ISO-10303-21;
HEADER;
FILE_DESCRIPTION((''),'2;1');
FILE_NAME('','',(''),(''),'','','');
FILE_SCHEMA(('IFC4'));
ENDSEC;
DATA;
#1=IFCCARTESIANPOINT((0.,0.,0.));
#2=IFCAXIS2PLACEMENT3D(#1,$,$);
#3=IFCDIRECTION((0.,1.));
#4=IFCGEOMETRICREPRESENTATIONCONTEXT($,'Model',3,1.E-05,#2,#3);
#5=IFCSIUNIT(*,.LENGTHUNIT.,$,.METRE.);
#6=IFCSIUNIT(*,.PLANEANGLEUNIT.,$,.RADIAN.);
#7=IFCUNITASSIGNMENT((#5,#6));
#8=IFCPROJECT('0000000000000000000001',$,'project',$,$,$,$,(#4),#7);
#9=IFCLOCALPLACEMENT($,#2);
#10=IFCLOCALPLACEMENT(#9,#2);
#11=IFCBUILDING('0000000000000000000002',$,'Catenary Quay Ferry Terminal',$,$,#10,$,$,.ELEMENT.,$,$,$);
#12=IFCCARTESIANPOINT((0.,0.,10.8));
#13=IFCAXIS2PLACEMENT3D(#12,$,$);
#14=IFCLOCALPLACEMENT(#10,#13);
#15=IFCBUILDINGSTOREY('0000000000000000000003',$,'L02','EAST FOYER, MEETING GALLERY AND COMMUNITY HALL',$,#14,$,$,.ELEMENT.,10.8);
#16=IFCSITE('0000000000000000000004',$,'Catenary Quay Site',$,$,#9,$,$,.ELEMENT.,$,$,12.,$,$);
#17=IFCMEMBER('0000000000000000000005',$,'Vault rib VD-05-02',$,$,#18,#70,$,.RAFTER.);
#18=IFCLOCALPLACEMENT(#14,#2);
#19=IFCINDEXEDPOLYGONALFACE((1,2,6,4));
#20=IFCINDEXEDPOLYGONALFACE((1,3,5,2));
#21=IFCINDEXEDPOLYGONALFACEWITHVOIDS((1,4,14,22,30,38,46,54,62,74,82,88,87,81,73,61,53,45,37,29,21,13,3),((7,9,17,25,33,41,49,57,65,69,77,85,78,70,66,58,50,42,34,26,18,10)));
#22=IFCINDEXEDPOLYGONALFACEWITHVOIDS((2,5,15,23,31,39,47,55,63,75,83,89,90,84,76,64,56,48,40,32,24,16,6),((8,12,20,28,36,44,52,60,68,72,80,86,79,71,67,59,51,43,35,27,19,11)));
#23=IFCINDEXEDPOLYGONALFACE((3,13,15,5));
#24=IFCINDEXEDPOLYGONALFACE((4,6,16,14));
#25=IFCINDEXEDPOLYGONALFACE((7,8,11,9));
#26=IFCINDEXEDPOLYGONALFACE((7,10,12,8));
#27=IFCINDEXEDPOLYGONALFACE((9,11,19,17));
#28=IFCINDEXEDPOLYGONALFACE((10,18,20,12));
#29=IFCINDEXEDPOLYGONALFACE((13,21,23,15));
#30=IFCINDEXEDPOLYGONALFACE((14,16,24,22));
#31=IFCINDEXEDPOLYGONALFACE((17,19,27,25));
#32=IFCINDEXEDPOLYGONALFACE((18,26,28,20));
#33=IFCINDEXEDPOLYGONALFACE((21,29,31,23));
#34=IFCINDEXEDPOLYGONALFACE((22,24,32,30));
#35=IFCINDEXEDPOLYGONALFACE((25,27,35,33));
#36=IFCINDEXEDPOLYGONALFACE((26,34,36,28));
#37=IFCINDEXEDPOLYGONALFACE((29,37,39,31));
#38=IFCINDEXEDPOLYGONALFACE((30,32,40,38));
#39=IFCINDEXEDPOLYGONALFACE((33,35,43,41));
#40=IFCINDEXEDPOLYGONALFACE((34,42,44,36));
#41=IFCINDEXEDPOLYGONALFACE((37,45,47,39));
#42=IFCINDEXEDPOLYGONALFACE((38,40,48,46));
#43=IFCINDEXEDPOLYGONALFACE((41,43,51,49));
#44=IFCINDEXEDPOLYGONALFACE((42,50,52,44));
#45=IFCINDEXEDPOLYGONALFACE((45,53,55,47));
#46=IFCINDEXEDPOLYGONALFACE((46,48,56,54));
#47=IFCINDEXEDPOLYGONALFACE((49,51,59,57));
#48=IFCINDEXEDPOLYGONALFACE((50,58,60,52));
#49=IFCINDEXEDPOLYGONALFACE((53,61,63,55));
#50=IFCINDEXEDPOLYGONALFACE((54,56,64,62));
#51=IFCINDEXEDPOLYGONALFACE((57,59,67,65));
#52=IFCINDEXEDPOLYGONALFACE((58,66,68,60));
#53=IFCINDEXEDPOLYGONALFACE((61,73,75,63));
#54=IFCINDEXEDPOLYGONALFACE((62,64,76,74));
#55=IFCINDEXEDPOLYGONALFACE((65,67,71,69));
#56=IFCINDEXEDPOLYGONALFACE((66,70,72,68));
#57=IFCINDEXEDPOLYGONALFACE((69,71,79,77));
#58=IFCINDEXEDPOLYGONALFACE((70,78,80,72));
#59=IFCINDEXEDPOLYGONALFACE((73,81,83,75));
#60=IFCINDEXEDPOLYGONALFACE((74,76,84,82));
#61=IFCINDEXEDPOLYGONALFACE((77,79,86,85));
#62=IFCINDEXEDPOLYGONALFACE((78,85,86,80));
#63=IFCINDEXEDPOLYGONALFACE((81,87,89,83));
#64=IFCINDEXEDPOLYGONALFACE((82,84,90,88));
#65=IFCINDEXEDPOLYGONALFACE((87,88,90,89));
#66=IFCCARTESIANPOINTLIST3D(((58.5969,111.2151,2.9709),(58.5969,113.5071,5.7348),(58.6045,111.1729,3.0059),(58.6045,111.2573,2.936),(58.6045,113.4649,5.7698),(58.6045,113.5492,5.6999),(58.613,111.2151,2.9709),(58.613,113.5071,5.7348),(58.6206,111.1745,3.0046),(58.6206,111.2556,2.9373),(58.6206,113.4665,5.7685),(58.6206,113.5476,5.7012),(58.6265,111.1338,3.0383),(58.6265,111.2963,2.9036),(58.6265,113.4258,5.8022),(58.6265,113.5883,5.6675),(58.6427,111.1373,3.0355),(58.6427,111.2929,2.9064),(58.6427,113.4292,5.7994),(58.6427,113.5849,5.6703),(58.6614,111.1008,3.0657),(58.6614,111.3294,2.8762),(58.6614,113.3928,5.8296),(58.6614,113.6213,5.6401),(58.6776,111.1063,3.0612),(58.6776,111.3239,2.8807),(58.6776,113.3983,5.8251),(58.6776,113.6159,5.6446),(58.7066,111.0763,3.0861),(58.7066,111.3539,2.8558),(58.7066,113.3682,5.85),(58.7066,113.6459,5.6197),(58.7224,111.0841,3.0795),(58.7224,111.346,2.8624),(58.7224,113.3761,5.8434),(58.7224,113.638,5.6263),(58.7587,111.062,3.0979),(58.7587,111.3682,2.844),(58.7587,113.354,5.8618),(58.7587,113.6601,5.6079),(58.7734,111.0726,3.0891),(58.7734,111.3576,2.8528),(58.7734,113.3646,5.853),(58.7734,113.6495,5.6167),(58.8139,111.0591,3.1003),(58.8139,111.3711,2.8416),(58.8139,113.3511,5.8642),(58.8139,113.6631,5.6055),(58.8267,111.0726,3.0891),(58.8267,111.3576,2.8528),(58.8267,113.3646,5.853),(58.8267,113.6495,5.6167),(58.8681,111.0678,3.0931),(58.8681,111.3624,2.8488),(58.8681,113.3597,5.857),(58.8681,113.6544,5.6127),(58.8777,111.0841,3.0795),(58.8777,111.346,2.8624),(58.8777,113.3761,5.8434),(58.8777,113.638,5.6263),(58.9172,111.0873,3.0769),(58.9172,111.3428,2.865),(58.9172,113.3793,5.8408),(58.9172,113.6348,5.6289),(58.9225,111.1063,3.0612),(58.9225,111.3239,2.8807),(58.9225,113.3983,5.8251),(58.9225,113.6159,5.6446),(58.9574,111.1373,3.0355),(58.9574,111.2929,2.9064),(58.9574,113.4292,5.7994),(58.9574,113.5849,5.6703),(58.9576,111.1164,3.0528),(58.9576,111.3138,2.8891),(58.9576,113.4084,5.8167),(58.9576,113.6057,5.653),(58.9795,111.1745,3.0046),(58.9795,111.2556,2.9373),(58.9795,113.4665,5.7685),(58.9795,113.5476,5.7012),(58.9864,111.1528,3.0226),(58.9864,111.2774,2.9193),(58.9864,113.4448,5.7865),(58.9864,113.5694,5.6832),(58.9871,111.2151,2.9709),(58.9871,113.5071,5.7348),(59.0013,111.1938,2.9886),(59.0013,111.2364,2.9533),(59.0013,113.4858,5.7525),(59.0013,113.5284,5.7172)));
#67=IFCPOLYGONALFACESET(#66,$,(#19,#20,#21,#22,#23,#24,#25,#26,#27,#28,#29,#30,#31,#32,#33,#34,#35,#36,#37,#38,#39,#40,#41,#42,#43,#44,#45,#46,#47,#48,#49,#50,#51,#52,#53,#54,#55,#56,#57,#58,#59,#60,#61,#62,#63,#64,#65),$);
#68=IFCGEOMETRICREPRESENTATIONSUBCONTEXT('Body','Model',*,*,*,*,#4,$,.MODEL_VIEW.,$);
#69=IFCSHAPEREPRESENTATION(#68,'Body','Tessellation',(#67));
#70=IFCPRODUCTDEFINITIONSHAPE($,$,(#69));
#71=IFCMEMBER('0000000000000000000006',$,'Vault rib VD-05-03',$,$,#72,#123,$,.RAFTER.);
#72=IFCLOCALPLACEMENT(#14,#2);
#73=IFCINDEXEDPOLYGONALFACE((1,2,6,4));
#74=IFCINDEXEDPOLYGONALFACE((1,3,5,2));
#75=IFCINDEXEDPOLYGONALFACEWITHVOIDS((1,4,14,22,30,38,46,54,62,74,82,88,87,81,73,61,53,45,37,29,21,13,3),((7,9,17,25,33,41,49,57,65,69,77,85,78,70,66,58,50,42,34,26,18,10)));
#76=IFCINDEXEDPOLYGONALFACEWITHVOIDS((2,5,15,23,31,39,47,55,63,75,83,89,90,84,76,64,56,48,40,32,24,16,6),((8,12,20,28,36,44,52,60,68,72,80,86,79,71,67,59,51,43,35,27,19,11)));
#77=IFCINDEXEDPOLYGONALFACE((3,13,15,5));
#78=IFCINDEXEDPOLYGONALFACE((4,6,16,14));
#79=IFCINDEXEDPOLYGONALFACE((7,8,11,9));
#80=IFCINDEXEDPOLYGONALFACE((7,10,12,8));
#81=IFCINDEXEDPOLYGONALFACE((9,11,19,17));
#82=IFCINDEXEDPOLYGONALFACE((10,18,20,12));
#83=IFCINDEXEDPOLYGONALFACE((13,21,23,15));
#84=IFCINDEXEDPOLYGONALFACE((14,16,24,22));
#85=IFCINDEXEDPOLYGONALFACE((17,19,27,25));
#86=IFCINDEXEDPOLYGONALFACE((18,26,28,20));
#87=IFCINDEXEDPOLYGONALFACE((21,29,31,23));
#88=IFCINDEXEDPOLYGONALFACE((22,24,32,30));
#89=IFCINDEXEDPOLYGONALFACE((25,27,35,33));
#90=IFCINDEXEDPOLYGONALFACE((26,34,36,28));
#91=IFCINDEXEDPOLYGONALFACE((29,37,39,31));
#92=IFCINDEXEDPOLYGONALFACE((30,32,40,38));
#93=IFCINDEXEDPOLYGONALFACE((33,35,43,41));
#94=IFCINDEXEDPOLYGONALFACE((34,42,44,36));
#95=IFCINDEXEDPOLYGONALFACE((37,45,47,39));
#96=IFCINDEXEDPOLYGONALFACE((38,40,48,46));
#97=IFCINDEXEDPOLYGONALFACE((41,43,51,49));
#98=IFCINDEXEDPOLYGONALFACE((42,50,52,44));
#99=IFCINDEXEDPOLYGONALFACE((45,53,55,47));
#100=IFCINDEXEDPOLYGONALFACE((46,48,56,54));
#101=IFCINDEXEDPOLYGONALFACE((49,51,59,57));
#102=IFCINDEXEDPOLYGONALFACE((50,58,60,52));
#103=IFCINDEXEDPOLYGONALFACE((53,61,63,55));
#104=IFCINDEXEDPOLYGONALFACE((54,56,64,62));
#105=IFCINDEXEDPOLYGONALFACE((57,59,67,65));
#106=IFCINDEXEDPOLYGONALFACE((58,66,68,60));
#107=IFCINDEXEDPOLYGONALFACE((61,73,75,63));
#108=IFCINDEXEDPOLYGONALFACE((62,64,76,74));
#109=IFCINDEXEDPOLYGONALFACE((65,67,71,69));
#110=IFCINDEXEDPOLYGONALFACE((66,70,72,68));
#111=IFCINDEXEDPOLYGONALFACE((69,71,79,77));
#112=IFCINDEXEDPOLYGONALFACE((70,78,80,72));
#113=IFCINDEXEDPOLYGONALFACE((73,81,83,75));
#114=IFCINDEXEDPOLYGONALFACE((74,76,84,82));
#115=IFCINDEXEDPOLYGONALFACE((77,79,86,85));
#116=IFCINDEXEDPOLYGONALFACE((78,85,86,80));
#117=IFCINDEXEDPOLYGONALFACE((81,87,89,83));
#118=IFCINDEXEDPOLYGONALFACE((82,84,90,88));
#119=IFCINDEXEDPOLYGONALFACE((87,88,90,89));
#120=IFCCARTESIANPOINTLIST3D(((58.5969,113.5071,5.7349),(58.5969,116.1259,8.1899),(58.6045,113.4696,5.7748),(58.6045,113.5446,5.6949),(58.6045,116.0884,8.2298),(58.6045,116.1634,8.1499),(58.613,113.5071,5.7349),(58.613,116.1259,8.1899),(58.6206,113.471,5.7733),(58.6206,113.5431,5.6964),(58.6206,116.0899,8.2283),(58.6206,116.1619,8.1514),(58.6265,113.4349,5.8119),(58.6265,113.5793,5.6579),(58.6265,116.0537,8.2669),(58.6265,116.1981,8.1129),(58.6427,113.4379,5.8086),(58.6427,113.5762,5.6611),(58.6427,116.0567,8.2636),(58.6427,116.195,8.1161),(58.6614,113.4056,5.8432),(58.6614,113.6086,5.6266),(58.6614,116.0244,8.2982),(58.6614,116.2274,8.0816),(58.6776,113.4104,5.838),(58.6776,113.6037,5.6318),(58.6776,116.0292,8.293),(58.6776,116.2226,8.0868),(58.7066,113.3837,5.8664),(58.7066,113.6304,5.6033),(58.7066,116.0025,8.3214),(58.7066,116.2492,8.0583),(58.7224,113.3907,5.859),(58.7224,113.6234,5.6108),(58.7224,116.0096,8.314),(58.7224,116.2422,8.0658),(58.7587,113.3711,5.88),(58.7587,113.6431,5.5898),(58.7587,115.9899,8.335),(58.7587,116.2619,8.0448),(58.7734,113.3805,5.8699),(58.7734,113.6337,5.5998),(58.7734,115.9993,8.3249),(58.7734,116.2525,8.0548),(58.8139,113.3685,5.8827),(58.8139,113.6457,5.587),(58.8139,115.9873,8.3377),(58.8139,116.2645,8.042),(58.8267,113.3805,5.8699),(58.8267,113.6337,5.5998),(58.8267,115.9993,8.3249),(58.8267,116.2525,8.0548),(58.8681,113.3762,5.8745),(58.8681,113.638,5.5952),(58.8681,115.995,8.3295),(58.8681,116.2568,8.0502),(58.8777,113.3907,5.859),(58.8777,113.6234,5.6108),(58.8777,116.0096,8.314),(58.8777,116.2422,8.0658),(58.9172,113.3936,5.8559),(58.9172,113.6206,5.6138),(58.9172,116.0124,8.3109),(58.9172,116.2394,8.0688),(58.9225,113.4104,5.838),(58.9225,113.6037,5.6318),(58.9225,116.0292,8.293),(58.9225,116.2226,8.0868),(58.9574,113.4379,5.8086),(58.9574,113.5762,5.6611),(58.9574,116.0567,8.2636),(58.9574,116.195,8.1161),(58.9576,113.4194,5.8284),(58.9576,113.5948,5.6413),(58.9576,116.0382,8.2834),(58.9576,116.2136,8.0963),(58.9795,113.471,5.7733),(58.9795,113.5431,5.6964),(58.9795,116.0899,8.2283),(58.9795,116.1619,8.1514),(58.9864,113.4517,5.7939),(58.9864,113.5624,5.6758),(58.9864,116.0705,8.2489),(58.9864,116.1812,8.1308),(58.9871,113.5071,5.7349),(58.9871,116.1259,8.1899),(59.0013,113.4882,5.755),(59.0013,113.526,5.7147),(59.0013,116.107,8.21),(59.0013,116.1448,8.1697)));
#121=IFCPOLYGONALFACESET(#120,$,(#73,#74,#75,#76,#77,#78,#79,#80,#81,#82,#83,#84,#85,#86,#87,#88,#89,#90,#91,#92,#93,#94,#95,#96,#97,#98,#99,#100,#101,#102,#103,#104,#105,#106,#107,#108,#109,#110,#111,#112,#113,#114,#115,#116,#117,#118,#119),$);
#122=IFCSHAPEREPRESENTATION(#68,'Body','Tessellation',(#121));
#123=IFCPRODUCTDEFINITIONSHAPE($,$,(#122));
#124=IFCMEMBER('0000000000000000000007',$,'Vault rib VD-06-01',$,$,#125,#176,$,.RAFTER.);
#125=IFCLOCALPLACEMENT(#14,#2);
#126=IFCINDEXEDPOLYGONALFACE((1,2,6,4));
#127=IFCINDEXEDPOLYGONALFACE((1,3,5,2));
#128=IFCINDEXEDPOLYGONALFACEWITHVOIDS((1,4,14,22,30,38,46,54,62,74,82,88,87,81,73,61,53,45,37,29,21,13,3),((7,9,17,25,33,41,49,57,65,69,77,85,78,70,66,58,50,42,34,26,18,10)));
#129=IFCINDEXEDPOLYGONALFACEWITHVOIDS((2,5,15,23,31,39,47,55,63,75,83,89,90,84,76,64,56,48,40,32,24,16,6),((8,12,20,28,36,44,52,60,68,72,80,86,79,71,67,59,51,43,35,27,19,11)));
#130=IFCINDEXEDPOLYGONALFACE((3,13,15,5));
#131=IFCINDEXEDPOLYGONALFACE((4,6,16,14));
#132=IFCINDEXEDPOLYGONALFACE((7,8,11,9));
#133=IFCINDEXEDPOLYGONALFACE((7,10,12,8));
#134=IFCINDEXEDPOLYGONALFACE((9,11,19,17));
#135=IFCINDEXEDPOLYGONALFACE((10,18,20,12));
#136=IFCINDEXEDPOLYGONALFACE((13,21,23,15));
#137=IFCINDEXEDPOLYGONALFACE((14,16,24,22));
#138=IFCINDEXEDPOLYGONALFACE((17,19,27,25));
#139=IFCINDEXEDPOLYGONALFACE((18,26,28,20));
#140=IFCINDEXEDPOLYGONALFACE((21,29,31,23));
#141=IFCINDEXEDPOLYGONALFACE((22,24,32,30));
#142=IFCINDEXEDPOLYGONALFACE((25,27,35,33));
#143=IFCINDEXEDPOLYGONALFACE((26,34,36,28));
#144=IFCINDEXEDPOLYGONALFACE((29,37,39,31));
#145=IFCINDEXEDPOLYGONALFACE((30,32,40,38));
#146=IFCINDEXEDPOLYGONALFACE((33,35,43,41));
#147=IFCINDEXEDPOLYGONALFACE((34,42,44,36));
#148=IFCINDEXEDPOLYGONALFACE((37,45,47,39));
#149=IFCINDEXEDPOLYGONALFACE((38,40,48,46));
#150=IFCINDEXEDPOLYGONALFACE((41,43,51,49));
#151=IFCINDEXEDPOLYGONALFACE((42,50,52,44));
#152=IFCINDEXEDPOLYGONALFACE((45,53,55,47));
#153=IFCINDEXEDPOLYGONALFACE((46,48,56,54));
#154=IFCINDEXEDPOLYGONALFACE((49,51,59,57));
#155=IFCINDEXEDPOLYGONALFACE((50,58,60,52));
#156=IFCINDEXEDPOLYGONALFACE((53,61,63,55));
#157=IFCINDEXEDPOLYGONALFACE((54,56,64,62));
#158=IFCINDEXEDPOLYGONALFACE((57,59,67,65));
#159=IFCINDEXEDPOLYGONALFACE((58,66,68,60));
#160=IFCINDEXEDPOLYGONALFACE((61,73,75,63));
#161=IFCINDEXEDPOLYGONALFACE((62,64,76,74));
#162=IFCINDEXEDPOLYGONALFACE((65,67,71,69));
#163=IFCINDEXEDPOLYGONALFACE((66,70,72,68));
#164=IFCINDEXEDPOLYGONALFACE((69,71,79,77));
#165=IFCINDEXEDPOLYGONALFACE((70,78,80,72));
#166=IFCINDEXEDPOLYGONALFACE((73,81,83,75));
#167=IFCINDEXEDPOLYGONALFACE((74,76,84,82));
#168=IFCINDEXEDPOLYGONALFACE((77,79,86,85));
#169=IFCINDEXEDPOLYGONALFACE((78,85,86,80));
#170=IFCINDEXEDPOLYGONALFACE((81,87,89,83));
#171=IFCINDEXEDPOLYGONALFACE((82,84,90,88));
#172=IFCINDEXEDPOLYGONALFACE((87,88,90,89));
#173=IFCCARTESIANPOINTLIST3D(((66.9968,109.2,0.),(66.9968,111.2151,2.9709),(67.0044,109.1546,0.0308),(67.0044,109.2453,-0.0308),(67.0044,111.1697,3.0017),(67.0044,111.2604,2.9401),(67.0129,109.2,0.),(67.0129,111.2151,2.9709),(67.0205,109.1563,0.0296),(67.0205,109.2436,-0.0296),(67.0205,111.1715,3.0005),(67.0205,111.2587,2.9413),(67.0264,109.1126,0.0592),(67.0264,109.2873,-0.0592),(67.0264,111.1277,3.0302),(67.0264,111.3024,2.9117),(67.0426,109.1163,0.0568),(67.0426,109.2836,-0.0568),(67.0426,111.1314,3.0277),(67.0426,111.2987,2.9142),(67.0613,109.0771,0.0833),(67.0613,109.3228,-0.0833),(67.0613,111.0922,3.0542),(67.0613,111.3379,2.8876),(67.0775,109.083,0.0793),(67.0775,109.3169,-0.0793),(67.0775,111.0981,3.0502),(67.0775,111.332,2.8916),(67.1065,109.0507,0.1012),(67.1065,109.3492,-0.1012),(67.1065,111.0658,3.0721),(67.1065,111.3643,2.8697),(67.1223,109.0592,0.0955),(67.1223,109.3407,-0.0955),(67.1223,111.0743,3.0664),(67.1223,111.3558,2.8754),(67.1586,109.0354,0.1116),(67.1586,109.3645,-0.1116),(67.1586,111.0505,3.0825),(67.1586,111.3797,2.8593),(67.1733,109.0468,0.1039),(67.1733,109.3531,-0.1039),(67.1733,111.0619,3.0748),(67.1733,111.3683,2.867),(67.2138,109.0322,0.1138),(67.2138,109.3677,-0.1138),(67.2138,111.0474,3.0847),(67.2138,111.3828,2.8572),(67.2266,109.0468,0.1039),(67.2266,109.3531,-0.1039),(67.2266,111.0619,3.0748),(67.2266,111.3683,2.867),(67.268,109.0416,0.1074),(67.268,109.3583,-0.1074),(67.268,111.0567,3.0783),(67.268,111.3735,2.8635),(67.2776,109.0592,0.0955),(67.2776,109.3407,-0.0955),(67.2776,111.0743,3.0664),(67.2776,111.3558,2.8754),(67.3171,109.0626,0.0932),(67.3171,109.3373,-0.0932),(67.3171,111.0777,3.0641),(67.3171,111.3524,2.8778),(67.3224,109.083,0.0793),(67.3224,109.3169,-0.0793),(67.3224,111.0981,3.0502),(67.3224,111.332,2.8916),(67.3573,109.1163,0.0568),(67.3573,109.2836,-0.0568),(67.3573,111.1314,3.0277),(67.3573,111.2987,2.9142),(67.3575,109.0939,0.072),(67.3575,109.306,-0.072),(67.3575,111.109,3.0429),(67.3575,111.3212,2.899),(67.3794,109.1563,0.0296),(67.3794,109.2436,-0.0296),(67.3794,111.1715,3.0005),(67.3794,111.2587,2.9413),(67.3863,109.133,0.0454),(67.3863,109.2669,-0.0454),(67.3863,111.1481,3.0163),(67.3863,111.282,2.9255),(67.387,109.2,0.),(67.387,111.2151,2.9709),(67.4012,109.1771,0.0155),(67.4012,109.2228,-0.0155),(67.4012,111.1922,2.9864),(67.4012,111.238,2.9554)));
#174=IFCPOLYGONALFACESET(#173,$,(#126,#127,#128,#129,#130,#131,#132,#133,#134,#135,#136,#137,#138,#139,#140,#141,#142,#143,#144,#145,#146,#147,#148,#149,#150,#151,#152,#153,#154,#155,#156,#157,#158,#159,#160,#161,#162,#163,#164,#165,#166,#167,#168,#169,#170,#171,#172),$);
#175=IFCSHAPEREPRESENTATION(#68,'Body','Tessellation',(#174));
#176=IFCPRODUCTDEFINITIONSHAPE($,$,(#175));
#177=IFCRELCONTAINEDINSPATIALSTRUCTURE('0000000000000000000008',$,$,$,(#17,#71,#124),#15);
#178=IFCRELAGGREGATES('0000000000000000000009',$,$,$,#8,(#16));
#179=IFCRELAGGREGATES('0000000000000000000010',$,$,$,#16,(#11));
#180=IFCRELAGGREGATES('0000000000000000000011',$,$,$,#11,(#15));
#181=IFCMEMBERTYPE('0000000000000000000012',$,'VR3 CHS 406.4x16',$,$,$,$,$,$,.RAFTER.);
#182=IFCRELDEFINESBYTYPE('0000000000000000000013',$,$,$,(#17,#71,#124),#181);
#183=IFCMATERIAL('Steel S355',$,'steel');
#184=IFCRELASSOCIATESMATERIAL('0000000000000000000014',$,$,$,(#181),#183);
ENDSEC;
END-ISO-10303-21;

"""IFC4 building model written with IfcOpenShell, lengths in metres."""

from ifc_helpers import new_model, si_unit, direction, frame, origin, origin_2d, place, context, subcontext, project, spatial, hollow_circle, extrude, material, material_profile, profile_set, type_object, element, save


model = new_model("IFC4")

# Units and contexts
model_context = context("Model", 3, precision=1e-05, world=origin(), true_north=direction((0.0, 1.0)))
body_context = subcontext(model_context, "Body", "Model", "MODEL_VIEW")
ifc_project = project(units=[si_unit("LENGTHUNIT", "METRE"), si_unit("PLANEANGLEUNIT", "RADIAN")], contexts=[model_context])

# Site, building, storey
site_placement = place(None, origin())
site = spatial("IfcSite", under=ifc_project, at=site_placement, Name="Catenary Quay Site", CompositionType="ELEMENT", RefElevation=12.0)
building_placement = place(site_placement, origin())
building = spatial("IfcBuilding", under=site, at=building_placement, Name="Catenary Quay Ferry Terminal", CompositionType="ELEMENT")
storey_placement = place(building_placement, frame((0.0, 0.0, 10.8)))
storey = spatial("IfcBuildingStorey", under=building, at=storey_placement, Name="L02", Description="EAST FOYER, MEETING GALLERY AND COMMUNITY HALL", CompositionType="ELEMENT", Elevation=10.8)

# Members
ifc_material_1 = material(Name="Steel S355", Category="steel")
ifc_material_profile = material_profile(ifc_material_1, hollow_circle(Radius=0.2031, WallThickness=0.0161, at=origin_2d()), Name="CHS 406.4x16")
ifc_profile_set = profile_set([ifc_material_profile], Name="Steel S355")
member_type = type_object("IfcMemberType", Name="VR3 CHS 406.4x16", PredefinedType="RAFTER", material=ifc_profile_set)
member_1_placement = place(storey_placement, frame((58.8, 111.2151, 2.9709), z_axis=(0.0, 0.63833, 0.769763), x_axis=(-1.0, 0.0, 0.0)))
element("IfcMember", 1, at=member_1_placement, inside=storey, type_object=member_type, Name="Vault rib VD-05-02", PredefinedType="RAFTER", context=body_context, shape_type="SweptSolid", body=[
    extrude(hollow_circle(Radius=0.2031, WallThickness=0.0161, at=origin_2d()), origin(), (0.0, 0.0, 1.0), 3.5906),
])
member_2_placement = place(storey_placement, frame((58.8, 113.5071, 5.7349), z_axis=(0.0, 0.729556, 0.683921), x_axis=(-1.0, 0.0, 0.0)))
element("IfcMember", 2, at=member_2_placement, inside=storey, type_object=member_type, Name="Vault rib VD-05-03", PredefinedType="RAFTER", context=body_context, shape_type="SweptSolid", body=[
    extrude(hollow_circle(Radius=0.2031, WallThickness=0.0161, at=origin_2d()), origin(), (0.0, 0.0, 1.0), 3.5896),
])
member_3_placement = place(storey_placement, frame((67.2, 109.2, 0.0), z_axis=(0.0, 0.561337, 0.827587), x_axis=(-1.0, 0.0, 0.0)))
element("IfcMember", 3, at=member_3_placement, inside=storey, type_object=member_type, Name="Vault rib VD-06-01", PredefinedType="RAFTER", context=body_context, shape_type="SweptSolid", body=[
    extrude(hollow_circle(Radius=0.2031, WallThickness=0.0161, at=origin_2d()), origin(), (0.0, 0.0, 1.0), 3.5898),
])

save(model, "model.ifc")
